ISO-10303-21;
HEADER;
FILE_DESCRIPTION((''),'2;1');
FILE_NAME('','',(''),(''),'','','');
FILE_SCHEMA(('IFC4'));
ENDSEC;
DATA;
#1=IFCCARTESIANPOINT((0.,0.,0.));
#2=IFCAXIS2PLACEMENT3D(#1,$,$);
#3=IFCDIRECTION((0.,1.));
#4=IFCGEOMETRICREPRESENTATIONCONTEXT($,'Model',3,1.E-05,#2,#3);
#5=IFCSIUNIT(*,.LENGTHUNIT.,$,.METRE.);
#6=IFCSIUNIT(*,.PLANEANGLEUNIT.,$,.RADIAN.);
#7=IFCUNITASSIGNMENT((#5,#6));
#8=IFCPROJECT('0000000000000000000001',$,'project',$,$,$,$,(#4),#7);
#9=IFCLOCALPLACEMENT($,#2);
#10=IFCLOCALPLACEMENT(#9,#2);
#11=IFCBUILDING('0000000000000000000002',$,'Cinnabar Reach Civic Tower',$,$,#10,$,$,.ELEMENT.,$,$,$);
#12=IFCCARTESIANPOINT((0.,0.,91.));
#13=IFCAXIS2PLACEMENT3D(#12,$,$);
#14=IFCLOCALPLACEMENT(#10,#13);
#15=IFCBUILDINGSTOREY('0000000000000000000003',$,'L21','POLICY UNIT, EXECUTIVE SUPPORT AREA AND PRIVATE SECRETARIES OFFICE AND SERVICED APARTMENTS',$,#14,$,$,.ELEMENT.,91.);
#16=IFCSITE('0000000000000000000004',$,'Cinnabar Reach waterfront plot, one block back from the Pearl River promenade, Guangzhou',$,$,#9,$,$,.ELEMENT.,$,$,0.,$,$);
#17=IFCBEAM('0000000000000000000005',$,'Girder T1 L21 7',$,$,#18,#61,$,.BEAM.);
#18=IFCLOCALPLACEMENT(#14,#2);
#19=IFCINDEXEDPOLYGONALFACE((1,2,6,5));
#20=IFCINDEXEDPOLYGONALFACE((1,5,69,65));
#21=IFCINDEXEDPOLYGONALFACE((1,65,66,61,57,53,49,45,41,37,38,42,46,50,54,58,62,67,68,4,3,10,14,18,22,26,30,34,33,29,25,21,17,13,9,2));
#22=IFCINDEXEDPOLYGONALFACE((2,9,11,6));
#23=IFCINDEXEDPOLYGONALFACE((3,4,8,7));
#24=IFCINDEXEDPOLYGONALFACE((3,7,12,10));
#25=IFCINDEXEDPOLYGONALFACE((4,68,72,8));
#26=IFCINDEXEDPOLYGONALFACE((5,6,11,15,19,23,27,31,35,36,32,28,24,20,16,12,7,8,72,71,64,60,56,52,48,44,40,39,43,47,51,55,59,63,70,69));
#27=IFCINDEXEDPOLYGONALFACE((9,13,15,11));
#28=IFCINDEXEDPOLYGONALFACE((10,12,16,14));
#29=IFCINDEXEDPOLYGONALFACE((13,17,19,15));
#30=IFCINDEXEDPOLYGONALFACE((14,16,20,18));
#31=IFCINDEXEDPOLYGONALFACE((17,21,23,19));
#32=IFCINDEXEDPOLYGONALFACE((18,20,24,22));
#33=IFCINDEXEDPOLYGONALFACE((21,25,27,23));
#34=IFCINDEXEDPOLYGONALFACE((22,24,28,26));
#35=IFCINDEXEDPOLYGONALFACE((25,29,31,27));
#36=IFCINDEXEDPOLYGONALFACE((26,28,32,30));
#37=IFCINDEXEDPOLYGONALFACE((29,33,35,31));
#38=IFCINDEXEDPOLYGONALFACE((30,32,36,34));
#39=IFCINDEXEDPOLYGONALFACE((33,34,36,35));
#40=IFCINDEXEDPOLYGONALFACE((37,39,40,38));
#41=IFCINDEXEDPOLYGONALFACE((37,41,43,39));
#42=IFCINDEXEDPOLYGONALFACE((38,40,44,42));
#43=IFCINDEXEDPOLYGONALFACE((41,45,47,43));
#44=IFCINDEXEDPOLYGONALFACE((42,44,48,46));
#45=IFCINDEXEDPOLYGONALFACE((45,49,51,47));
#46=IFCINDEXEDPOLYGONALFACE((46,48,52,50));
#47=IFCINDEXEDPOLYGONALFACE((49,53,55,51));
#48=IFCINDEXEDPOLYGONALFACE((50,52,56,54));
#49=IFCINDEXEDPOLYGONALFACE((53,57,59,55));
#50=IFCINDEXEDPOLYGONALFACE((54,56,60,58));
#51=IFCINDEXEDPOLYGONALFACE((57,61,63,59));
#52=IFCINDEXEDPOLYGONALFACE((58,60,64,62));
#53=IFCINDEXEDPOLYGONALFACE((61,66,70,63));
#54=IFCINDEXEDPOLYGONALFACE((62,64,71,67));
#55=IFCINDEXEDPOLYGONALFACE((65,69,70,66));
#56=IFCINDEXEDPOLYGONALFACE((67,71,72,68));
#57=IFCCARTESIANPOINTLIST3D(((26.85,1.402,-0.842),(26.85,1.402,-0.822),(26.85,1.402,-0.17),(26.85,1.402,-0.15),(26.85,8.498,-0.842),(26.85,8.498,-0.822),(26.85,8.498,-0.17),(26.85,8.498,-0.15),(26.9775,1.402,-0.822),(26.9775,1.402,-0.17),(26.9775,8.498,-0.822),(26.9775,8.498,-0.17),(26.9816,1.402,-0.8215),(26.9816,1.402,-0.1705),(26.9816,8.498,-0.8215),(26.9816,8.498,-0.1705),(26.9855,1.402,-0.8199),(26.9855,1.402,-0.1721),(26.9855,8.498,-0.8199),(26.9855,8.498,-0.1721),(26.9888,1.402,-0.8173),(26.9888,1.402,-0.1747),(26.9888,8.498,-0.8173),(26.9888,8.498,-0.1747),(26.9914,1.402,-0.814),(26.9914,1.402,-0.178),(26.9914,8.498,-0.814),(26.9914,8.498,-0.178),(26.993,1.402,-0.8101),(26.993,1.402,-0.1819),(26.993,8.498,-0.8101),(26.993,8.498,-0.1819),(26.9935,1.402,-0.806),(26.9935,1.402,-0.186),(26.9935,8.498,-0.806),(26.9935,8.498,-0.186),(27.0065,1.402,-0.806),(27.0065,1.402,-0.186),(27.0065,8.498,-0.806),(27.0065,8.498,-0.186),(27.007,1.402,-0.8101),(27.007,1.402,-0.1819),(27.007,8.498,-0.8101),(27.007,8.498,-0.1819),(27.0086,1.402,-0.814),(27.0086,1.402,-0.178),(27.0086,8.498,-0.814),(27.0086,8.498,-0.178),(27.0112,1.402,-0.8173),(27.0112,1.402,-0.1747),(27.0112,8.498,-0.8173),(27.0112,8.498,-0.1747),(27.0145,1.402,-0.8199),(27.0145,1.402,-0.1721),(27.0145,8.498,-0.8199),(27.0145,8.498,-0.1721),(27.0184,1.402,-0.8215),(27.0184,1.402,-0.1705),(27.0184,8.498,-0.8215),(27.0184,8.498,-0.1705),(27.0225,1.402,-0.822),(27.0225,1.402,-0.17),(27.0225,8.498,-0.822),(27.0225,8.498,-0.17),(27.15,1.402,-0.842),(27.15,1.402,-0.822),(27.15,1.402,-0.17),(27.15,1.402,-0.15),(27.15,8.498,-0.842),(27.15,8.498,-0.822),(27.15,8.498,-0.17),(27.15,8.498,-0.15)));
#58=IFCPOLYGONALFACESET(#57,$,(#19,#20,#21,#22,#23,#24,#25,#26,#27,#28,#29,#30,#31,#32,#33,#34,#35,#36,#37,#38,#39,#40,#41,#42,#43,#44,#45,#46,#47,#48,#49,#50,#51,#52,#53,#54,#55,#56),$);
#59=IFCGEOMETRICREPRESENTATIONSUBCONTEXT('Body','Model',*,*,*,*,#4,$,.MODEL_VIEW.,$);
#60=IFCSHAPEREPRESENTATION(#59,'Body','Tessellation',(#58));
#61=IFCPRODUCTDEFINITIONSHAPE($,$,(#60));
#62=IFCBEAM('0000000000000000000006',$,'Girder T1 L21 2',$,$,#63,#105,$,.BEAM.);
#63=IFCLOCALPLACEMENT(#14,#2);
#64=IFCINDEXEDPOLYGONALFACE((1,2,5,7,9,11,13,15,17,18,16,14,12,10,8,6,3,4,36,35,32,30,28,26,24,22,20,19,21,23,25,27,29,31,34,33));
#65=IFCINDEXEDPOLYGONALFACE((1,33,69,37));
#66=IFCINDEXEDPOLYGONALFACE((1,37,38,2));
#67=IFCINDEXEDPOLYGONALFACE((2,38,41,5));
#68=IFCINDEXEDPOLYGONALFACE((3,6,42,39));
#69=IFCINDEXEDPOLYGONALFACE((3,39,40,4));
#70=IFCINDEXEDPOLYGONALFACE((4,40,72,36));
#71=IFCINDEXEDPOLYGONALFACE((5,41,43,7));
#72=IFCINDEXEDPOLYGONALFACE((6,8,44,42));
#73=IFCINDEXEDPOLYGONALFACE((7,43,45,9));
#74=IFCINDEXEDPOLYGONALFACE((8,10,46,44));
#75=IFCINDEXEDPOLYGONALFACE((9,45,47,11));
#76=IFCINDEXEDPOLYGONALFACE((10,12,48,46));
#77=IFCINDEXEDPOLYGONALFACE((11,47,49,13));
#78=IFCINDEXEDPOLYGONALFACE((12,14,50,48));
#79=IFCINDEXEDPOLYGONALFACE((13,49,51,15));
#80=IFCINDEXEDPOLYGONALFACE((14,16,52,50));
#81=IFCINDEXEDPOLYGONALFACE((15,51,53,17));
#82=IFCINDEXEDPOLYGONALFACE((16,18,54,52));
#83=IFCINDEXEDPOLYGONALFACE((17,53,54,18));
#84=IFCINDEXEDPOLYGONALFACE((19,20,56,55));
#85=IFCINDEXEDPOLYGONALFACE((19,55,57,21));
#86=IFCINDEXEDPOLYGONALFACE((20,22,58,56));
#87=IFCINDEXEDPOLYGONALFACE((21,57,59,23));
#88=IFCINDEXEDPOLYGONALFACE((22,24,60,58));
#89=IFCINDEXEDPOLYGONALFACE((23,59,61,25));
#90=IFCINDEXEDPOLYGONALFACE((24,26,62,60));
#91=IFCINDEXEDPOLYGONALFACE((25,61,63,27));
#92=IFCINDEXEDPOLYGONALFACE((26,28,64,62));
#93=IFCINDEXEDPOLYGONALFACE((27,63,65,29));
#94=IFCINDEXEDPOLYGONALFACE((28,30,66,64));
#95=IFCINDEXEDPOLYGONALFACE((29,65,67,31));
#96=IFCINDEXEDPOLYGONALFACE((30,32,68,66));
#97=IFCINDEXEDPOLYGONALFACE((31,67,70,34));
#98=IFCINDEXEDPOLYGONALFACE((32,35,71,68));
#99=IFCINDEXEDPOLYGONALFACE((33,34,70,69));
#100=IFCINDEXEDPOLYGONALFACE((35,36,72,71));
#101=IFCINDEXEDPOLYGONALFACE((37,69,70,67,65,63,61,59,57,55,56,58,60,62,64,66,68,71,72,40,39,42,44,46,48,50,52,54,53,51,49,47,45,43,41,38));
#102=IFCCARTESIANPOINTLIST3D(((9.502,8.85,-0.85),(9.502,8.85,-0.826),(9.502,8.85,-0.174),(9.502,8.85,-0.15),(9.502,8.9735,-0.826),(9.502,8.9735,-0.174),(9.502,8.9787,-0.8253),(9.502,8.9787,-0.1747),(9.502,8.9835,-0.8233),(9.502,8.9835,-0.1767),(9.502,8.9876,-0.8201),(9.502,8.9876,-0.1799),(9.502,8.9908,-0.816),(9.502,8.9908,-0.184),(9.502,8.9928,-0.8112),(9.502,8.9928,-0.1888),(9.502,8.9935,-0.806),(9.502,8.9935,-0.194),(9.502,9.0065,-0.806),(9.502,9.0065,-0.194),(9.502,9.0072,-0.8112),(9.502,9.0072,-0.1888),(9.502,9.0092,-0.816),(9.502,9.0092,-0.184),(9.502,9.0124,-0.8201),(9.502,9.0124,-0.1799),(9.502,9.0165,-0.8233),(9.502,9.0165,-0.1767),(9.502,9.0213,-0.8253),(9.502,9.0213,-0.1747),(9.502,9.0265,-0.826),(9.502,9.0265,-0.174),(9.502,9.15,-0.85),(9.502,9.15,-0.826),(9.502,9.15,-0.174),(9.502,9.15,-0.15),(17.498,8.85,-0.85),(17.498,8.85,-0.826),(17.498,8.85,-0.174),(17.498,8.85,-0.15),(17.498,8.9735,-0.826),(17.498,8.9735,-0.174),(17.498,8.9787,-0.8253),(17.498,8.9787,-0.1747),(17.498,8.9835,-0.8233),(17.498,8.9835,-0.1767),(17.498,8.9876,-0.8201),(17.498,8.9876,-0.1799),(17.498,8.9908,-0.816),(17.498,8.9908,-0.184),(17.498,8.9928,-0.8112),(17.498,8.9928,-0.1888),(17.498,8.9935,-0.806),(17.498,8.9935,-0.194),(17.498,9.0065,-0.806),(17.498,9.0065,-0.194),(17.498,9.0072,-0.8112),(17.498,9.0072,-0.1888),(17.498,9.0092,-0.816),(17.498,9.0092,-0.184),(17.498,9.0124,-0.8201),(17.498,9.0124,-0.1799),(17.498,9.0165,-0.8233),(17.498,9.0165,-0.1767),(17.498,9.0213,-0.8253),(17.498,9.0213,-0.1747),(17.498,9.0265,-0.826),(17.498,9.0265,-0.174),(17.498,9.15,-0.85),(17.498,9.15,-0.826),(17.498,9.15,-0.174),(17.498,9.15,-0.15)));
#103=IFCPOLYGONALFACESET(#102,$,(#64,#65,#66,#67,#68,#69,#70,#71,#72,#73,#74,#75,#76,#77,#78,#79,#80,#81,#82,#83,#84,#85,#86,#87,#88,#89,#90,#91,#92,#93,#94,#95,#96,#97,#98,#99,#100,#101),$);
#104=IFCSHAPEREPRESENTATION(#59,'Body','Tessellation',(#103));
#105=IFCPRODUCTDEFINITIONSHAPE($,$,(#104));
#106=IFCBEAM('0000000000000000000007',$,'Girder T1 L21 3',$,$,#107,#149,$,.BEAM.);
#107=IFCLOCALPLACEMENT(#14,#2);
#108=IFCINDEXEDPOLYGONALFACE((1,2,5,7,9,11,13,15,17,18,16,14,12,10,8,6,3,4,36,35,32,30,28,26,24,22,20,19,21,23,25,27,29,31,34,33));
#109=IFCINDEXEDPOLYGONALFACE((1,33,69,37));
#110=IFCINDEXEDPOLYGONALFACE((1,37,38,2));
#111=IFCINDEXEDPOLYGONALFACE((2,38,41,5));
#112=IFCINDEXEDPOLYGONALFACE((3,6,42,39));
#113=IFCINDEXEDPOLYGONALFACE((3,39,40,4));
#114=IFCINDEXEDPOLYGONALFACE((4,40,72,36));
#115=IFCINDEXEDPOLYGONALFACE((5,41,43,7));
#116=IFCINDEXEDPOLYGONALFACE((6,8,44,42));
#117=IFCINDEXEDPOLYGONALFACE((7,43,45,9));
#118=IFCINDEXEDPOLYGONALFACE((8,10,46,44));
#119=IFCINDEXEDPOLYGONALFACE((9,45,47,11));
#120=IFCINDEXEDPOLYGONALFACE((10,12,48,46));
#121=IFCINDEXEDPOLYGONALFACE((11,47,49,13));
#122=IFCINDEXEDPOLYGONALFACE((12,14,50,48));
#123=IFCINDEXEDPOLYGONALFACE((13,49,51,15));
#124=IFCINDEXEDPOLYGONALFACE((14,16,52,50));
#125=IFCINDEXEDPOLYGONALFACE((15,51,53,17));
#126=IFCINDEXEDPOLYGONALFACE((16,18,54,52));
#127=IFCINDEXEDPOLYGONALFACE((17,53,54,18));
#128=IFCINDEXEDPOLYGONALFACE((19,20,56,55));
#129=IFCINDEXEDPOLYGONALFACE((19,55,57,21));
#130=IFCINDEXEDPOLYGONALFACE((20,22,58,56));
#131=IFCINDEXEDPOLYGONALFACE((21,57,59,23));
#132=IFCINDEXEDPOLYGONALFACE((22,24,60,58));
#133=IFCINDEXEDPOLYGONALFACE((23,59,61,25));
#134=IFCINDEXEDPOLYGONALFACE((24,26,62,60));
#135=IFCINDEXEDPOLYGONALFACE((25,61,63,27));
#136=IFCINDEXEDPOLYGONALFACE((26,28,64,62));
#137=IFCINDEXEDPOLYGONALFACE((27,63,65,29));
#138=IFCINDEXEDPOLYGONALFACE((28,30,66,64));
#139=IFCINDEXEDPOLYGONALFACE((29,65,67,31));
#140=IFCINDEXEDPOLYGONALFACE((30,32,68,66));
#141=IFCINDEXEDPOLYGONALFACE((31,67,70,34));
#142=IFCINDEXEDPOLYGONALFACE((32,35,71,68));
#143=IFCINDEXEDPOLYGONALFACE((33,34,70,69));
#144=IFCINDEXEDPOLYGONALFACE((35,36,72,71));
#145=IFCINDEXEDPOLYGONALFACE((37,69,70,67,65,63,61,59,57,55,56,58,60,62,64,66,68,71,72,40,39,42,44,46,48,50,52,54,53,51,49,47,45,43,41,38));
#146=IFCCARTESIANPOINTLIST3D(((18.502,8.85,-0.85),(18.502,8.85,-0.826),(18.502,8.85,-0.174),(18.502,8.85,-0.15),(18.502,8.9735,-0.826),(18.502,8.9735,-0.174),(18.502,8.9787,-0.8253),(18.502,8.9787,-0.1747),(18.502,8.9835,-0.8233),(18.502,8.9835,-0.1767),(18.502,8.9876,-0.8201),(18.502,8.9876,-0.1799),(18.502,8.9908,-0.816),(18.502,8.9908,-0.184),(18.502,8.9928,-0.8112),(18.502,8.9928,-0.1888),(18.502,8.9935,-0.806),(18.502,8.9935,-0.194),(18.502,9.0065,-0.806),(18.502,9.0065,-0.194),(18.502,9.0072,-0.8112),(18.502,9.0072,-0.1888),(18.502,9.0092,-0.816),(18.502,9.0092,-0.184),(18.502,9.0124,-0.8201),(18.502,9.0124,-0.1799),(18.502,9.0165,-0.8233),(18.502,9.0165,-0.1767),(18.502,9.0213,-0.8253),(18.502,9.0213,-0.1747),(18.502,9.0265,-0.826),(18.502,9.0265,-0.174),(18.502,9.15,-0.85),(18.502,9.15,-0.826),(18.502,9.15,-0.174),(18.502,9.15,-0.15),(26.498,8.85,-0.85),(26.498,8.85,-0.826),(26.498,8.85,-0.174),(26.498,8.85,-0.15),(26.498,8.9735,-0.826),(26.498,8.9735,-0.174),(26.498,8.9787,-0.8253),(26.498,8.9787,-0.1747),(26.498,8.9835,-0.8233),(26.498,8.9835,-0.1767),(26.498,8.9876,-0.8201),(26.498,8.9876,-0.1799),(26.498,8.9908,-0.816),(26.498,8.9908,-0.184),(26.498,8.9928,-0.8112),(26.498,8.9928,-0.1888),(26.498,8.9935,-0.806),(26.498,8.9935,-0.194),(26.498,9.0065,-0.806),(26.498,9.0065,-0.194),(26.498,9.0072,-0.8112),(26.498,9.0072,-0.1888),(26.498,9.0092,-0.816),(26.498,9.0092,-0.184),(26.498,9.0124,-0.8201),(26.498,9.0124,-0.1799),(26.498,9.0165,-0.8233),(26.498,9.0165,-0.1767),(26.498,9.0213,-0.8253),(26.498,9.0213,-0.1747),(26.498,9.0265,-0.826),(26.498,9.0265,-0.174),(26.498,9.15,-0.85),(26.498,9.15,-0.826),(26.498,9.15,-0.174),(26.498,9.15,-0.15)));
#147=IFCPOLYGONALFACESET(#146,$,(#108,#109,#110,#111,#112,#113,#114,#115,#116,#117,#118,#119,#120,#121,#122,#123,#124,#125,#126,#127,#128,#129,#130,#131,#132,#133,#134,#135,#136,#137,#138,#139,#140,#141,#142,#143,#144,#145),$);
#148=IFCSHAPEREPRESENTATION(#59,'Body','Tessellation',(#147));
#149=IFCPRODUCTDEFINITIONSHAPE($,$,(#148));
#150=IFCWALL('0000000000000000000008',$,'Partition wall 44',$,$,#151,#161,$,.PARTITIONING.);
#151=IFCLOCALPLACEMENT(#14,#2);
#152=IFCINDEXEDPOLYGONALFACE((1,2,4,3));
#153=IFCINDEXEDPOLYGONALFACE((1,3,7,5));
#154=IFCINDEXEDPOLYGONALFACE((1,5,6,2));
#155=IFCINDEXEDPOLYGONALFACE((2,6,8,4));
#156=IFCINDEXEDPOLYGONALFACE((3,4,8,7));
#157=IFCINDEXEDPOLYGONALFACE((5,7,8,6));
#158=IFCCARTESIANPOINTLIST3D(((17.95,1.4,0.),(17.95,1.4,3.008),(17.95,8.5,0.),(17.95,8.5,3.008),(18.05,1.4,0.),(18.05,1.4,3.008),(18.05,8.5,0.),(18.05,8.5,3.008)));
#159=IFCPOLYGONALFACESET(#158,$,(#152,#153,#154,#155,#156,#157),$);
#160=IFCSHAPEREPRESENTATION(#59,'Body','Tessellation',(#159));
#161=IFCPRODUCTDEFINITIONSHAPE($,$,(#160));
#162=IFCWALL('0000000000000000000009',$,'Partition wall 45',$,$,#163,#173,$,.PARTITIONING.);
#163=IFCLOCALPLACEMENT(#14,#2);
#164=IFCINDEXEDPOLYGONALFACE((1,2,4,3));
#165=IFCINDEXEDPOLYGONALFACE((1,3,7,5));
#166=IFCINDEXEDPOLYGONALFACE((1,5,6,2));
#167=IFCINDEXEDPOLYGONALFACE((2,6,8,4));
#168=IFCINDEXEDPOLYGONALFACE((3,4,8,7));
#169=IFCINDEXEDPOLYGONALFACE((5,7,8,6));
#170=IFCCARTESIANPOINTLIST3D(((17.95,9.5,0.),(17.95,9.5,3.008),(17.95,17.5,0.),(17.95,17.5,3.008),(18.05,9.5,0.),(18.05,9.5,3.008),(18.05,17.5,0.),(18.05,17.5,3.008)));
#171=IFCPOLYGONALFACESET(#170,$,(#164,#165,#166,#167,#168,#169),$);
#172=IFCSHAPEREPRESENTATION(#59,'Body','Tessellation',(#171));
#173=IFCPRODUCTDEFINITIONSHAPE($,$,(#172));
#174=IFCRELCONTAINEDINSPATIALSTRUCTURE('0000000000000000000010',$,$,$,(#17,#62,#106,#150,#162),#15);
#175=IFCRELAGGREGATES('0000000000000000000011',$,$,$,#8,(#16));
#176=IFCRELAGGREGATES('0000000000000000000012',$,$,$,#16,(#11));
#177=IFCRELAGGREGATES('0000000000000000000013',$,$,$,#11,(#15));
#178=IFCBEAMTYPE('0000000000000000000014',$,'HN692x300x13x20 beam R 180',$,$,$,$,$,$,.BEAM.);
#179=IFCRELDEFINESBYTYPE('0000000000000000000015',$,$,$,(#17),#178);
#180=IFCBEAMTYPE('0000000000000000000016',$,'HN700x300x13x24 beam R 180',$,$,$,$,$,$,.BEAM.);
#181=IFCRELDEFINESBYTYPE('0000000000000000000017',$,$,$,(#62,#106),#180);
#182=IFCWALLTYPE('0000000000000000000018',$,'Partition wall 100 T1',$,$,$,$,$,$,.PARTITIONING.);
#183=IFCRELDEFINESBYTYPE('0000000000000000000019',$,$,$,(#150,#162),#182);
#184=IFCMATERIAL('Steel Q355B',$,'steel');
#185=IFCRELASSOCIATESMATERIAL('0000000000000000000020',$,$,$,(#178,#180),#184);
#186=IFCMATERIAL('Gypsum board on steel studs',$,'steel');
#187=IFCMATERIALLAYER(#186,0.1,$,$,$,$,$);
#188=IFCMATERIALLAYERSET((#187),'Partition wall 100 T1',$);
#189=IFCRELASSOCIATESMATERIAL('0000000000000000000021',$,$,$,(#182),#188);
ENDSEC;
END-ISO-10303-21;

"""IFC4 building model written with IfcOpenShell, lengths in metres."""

from ifc_helpers import new_model, si_unit, direction, frame, frame_2d, origin, origin_2d, place, context, subcontext, project, spatial, rectangle, i_section, extrude, material, layer, layer_set, material_profile, profile_set, type_object, element, save


model = new_model("IFC4")

# Units and contexts
model_context = context("Model", 3, precision=1e-05, world=origin(), true_north=direction((0.0, 1.0)))
body_context = subcontext(model_context, "Body", "Model", "MODEL_VIEW")
ifc_project = project(units=[si_unit("LENGTHUNIT", "METRE"), si_unit("PLANEANGLEUNIT", "RADIAN")], contexts=[model_context])

# Site, building, storey
site_placement = place(None, origin())
site = spatial("IfcSite", under=ifc_project, at=site_placement, Name="Cinnabar Reach waterfront plot, one block back from the Pearl River promenade, Guangzhou", CompositionType="ELEMENT", RefElevation=0.0)
building_placement = place(site_placement, origin())
building = spatial("IfcBuilding", under=site, at=building_placement, Name="Cinnabar Reach Civic Tower", CompositionType="ELEMENT")
storey_placement = place(building_placement, frame((0.0, 0.0, 91.0)))
storey = spatial("IfcBuildingStorey", under=building, at=storey_placement, Name="L21", Description="POLICY UNIT, EXECUTIVE SUPPORT AREA AND PRIVATE SECRETARIES OFFICE AND SERVICED APARTMENTS", CompositionType="ELEMENT", Elevation=91.0)

# Beams
ifc_material_1 = material(Name="Steel Q355B", Category="steel")
ifc_material_profile_1 = material_profile(ifc_material_1, i_section(OverallWidth=0.3, OverallDepth=0.692, WebThickness=0.013, FlangeThickness=0.02, FilletRadius=0.016, at=origin_2d()), Name="HN692x300x13x20")
ifc_profile_set_1 = profile_set([ifc_material_profile_1], Name="Steel Q355B")
beam_type_1 = type_object("IfcBeamType", Name="HN692x300x13x20 beam R 180", PredefinedType="BEAM", material=ifc_profile_set_1)
beam_1_placement = place(storey_placement, frame((27.0, 1.402, -0.496), z_axis=(0.0, 1.0, 0.0), x_axis=(-1.0, 0.0, 0.0)))
element("IfcBeam", 1, at=beam_1_placement, inside=storey, type_object=beam_type_1, Name="Girder T1 L21 7", PredefinedType="BEAM", context=body_context, shape_type="SweptSolid", body=[
    extrude(i_section(OverallWidth=0.3, OverallDepth=0.692, WebThickness=0.013, FlangeThickness=0.02, FilletRadius=0.016, at=origin_2d()), origin(), (0.0, 0.0, 1.0), 7.096),
])
ifc_material_profile_2 = material_profile(ifc_material_1, i_section(OverallWidth=0.3, OverallDepth=0.7, WebThickness=0.013, FlangeThickness=0.024, FilletRadius=0.02, at=origin_2d()), Name="HN700x300x13x24")
ifc_profile_set_2 = profile_set([ifc_material_profile_2], Name="Steel Q355B")
beam_type_2 = type_object("IfcBeamType", Name="HN700x300x13x24 beam R 180", PredefinedType="BEAM", material=ifc_profile_set_2)
for number, where, z_axis, x_axis, name in (
    (2, (9.502, 9.0, -0.5), (1.0, 0.0, 0.0), (0.0, 1.0, 0.0), "Girder T1 L21 2"),
    (3, (18.502, 9.0, -0.5), (1.0, 0.0, 0.0), (0.0, 1.0, 0.0), "Girder T1 L21 3"),
):
    element("IfcBeam", number, at=place(storey_placement, frame(where, z_axis=z_axis, x_axis=x_axis)), inside=storey, type_object=beam_type_2, Name=name, PredefinedType="BEAM", context=body_context, shape_type="SweptSolid", body=[
        extrude(i_section(OverallWidth=0.3, OverallDepth=0.7, WebThickness=0.013, FlangeThickness=0.024, FilletRadius=0.02, at=origin_2d()), origin(), (0.0, 0.0, 1.0), 7.996),
    ])

# Walls
ifc_material_2 = material(Name="Gypsum board on steel studs", Category="steel")
ifc_layer = layer(ifc_material_2, 0.1)
ifc_layer_set = layer_set([ifc_layer], Name="Partition wall 100 T1")
wall_type = type_object("IfcWallType", Name="Partition wall 100 T1", PredefinedType="PARTITIONING", material=ifc_layer_set)
wall_1_placement = place(storey_placement, frame((18.0, 1.4, 0.0), z_axis=(0.0, 0.0, 1.0), x_axis=(0.0, 1.0, 0.0)))
element("IfcWall", 4, at=wall_1_placement, inside=storey, type_object=wall_type, Name="Partition wall 44", PredefinedType="PARTITIONING", context=body_context, shape_type="SweptSolid", body=[
    extrude(rectangle(XDim=7.1, YDim=0.1, at=frame_2d((3.55, 0.0))), origin(), (0.0, 0.0, 1.0), 3.008),
])
wall_2_placement = place(storey_placement, frame((18.0, 9.5, 0.0), z_axis=(0.0, 0.0, 1.0), x_axis=(0.0, 1.0, 0.0)))
element("IfcWall", 5, at=wall_2_placement, inside=storey, type_object=wall_type, Name="Partition wall 45", PredefinedType="PARTITIONING", context=body_context, shape_type="SweptSolid", body=[
    extrude(rectangle(XDim=8.0, YDim=0.1, at=frame_2d((4.0, 0.0))), origin(), (0.0, 0.0, 1.0), 3.008),
])

save(model, "model.ifc")
